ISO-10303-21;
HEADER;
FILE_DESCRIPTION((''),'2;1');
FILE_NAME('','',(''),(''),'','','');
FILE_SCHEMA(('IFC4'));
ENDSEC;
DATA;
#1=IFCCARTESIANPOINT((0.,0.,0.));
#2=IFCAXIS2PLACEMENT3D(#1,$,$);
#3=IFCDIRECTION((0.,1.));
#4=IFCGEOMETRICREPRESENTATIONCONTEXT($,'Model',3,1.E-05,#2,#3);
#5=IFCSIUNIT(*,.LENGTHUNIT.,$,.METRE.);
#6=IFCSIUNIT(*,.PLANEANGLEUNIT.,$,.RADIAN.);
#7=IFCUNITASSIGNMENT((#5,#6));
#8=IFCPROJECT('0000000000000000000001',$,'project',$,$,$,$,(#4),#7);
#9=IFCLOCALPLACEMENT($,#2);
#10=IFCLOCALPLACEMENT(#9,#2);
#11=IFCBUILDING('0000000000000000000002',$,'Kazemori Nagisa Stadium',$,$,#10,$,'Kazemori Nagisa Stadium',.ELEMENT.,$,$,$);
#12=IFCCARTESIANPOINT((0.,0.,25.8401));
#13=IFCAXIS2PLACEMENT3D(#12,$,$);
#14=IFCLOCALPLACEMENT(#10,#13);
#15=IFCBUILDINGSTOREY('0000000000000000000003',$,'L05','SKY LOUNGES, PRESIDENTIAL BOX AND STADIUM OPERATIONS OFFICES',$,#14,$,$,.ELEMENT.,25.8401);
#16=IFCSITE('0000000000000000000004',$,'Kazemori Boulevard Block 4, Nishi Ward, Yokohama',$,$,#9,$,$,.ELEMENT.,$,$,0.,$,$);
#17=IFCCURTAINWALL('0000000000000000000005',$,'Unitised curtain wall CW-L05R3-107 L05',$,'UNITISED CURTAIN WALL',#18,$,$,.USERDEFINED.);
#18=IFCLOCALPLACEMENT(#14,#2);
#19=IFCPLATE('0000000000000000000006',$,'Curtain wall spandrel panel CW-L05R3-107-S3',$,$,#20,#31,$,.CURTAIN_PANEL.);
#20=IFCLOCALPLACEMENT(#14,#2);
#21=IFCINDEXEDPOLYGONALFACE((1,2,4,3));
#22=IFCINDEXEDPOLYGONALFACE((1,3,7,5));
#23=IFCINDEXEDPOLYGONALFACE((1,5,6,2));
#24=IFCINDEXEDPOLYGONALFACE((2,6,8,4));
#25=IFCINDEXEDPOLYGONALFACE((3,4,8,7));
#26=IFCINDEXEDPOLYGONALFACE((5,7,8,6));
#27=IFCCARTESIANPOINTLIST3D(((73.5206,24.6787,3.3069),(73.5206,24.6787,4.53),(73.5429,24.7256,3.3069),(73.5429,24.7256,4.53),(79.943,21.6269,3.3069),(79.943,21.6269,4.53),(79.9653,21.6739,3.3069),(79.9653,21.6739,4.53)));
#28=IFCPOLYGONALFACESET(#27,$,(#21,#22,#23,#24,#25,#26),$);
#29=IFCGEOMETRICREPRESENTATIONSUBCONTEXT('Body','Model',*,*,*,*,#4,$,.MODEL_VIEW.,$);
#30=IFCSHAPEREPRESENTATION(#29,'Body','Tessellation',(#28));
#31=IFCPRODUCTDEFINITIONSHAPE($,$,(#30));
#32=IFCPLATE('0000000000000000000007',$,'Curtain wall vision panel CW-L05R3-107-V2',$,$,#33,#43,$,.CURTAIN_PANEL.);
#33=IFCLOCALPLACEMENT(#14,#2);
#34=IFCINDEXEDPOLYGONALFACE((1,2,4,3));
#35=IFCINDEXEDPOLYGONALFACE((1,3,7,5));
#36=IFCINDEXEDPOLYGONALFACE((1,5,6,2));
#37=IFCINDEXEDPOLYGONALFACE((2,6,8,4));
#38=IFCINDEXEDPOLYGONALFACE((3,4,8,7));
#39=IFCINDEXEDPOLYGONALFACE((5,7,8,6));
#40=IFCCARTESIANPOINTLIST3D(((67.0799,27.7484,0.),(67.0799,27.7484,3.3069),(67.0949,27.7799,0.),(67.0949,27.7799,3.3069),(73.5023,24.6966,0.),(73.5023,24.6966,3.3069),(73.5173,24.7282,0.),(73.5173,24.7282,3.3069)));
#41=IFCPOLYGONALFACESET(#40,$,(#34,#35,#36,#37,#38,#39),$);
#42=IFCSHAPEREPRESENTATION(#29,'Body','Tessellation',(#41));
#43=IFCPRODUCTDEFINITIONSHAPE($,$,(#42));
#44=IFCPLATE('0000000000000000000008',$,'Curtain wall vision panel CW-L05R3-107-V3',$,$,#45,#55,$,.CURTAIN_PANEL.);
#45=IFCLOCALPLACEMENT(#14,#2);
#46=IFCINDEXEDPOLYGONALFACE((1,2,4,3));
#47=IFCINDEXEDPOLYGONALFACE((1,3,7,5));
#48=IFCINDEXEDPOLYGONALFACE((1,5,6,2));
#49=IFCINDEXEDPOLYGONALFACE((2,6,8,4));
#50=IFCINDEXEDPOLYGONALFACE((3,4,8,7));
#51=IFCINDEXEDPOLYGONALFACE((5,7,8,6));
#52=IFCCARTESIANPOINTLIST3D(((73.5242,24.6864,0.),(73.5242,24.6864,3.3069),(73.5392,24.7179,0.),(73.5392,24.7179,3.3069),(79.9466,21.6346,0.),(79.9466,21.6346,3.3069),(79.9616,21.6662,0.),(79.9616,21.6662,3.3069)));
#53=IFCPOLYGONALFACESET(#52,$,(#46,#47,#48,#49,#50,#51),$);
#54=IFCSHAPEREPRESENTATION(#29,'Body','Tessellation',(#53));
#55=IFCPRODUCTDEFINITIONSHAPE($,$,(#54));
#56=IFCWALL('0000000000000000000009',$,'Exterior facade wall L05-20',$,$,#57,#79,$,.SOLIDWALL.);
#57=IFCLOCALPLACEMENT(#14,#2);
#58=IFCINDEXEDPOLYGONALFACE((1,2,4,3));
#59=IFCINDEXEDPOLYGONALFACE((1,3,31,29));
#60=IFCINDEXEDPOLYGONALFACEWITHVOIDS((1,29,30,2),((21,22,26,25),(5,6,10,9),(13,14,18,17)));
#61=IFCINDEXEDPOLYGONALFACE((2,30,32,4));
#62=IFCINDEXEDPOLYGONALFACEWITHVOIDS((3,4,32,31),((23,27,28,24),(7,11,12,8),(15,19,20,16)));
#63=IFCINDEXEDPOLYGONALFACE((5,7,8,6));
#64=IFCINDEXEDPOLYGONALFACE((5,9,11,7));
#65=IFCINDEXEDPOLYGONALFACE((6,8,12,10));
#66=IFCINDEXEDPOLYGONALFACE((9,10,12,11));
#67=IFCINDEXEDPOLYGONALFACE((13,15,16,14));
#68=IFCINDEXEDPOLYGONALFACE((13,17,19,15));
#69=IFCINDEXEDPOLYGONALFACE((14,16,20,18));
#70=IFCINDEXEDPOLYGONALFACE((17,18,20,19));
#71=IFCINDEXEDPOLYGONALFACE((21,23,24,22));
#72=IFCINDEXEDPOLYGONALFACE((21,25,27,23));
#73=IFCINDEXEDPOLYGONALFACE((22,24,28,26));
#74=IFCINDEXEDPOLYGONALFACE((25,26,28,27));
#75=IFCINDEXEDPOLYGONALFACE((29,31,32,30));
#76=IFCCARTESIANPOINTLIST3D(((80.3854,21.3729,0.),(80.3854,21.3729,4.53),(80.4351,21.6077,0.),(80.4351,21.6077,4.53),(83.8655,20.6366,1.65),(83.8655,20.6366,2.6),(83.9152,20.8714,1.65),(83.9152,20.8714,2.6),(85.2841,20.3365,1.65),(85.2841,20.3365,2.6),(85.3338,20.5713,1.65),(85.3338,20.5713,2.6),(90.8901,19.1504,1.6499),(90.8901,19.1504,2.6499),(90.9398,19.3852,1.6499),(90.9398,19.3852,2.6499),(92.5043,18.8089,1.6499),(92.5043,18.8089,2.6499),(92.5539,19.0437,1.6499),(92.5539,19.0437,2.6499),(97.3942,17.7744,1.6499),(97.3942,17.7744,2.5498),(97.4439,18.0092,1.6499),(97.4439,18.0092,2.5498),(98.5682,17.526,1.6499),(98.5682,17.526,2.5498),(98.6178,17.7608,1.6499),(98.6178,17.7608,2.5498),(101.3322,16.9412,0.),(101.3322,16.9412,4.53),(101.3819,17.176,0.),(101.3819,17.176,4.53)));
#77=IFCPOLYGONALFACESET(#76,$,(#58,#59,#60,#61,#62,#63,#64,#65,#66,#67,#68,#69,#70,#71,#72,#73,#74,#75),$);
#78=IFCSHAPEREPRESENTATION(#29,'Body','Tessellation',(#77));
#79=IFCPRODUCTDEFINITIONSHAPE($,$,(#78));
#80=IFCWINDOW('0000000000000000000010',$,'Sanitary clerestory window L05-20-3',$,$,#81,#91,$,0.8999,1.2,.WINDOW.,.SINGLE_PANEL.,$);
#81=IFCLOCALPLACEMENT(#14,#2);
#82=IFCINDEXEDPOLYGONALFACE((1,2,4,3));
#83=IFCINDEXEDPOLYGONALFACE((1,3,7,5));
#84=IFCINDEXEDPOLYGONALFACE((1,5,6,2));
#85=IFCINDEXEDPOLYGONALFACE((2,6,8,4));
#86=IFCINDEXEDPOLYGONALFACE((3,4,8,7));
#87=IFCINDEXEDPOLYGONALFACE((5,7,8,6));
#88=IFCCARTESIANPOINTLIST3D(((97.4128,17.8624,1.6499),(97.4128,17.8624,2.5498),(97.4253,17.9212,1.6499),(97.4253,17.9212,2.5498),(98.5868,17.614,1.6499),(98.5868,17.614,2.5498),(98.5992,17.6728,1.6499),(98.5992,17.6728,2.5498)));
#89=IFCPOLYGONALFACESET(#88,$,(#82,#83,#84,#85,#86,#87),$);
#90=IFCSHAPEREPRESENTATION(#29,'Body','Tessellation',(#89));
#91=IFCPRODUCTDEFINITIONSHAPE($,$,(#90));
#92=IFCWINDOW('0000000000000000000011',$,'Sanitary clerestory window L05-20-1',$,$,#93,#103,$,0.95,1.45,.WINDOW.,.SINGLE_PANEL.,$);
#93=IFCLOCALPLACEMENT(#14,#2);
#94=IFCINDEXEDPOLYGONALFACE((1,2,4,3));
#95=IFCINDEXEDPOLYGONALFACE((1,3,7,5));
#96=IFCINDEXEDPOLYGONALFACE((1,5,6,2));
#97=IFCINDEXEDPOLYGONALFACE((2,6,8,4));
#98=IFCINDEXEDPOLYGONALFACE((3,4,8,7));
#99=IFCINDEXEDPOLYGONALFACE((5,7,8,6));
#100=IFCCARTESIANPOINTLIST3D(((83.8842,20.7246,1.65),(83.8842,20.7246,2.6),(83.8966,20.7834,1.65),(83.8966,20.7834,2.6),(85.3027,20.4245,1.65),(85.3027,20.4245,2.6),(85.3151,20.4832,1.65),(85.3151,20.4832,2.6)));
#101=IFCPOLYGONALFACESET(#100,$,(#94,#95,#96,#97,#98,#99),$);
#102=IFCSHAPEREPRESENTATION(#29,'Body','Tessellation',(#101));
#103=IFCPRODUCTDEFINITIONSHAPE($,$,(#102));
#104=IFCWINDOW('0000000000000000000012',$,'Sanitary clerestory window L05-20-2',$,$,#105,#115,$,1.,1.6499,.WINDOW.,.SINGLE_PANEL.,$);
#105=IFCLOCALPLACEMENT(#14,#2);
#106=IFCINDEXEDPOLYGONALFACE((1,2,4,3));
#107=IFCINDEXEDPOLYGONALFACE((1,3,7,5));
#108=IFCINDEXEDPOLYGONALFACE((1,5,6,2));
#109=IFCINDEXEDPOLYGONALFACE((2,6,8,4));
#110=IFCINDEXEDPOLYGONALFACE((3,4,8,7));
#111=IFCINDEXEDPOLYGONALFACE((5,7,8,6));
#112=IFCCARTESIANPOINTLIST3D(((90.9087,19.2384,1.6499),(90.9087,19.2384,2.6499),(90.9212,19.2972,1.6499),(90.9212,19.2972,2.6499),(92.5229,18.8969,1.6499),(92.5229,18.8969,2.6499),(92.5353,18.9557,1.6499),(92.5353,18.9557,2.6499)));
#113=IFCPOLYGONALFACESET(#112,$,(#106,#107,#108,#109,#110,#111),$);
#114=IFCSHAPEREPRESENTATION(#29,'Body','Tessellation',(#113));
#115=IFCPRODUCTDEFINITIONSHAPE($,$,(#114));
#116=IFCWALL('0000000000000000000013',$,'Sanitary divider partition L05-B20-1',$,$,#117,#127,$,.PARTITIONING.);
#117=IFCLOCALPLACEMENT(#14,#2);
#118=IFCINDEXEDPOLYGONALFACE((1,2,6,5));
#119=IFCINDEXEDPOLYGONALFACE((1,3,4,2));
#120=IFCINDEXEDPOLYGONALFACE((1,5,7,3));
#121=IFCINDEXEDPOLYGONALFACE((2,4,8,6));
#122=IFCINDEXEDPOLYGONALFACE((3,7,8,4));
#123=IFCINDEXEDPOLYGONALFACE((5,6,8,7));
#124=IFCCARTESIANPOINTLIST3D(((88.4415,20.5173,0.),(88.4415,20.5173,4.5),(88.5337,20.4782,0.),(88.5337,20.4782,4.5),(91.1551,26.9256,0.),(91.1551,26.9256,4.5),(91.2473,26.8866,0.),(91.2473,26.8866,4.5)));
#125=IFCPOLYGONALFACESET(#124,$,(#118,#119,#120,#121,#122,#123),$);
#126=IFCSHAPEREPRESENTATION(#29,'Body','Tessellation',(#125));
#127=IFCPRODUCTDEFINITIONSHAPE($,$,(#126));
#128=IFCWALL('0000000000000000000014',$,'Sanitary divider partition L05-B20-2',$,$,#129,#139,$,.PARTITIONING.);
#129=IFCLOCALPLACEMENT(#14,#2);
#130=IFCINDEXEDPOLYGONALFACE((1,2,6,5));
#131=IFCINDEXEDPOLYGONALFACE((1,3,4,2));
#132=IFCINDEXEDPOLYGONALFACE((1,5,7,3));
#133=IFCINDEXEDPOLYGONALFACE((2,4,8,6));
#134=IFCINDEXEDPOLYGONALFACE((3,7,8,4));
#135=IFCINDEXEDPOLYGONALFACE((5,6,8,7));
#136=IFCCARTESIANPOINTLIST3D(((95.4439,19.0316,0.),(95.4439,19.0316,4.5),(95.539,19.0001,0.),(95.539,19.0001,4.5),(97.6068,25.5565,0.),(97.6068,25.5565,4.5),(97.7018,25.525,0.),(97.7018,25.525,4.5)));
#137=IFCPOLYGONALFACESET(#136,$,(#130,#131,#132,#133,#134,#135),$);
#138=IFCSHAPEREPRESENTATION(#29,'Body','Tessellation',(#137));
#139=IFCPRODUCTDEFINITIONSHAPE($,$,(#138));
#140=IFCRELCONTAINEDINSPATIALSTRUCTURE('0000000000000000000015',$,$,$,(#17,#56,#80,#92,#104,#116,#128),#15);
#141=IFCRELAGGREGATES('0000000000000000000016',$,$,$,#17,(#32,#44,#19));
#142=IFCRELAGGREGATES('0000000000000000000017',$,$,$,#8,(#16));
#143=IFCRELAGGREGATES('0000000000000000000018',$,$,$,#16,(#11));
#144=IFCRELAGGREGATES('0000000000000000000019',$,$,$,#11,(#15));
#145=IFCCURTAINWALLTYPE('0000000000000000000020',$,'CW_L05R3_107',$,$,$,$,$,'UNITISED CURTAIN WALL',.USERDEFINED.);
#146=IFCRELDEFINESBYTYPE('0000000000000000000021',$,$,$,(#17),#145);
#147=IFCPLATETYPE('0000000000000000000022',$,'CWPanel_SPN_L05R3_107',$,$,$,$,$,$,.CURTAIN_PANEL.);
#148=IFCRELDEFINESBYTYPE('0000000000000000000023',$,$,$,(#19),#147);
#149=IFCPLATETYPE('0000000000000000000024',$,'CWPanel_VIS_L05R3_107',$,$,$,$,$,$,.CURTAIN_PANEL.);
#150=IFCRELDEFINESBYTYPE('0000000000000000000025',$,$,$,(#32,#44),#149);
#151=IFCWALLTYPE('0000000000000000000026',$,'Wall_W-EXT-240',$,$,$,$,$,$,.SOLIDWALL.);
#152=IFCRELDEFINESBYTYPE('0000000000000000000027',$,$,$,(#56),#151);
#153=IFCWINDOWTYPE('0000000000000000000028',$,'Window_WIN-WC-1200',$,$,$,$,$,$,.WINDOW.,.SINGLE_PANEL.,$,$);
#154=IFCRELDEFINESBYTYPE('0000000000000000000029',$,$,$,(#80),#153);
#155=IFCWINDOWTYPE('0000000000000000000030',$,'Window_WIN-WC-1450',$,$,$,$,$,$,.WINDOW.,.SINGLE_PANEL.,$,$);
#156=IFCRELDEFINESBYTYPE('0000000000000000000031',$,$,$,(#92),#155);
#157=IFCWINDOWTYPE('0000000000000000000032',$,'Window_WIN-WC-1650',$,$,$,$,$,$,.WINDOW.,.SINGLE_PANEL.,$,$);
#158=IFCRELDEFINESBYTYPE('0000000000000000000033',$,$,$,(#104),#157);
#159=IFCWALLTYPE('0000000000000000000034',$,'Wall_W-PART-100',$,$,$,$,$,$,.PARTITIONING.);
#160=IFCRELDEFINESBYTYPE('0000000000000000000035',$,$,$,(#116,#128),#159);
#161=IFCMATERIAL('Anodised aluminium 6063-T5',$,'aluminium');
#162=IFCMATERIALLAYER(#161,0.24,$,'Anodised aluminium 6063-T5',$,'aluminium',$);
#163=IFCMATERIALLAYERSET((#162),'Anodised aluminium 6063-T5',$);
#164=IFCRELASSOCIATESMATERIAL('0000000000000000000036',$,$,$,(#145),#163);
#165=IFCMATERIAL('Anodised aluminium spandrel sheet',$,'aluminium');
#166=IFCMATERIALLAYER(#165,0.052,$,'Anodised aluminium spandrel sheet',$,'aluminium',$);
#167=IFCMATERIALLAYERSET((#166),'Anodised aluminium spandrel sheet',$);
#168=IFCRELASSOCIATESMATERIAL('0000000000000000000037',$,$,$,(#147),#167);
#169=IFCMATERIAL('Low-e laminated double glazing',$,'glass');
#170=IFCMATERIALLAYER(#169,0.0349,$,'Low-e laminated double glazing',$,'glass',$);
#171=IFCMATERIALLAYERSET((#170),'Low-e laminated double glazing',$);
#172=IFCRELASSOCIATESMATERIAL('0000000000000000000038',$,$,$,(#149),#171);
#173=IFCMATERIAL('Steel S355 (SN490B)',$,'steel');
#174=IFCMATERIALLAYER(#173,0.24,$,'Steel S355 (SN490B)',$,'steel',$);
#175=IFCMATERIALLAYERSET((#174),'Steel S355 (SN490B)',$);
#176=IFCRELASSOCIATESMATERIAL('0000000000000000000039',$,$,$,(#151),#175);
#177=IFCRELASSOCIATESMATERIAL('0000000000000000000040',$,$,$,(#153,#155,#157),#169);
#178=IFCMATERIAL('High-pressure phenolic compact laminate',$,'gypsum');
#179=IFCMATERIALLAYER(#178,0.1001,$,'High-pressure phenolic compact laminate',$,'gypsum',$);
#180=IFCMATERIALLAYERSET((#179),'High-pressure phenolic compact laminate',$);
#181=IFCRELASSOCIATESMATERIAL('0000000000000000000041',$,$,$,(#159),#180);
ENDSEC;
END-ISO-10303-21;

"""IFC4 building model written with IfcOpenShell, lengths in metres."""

from ifc_helpers import new_model, si_unit, direction, frame, frame_2d, origin, origin_2d, place, context, subcontext, project, spatial, rectangle, extrude, material, layer, layer_set, type_object, element, fill, aggregate, save


model = new_model("IFC4")

# Units and contexts
model_context = context("Model", 3, precision=1e-05, world=origin(), true_north=direction((0.0, 1.0)))
body_context = subcontext(model_context, "Body", "Model", "MODEL_VIEW")
ifc_project = project(units=[si_unit("LENGTHUNIT", "METRE"), si_unit("PLANEANGLEUNIT", "RADIAN")], contexts=[model_context])

# Site, building, storey
site_placement = place(None, origin())
site = spatial("IfcSite", under=ifc_project, at=site_placement, Name="Kazemori Boulevard Block 4, Nishi Ward, Yokohama", CompositionType="ELEMENT", RefElevation=0.0)
building_placement = place(site_placement, origin())
building = spatial("IfcBuilding", under=site, at=building_placement, Name="Kazemori Nagisa Stadium", LongName="Kazemori Nagisa Stadium", CompositionType="ELEMENT")
storey_placement = place(building_placement, frame((0.0, 0.0, 25.8401)))
storey = spatial("IfcBuildingStorey", under=building, at=storey_placement, Name="L05", Description="SKY LOUNGES, PRESIDENTIAL BOX AND STADIUM OPERATIONS OFFICES", CompositionType="ELEMENT", Elevation=25.8401)

# Curtain wall, plates
ifc_material_1 = material(Name="Anodised aluminium 6063-T5", Category="aluminium")
ifc_layer_1 = layer(ifc_material_1, 0.24, Name="Anodised aluminium 6063-T5", Category="aluminium")
ifc_layer_set_1 = layer_set([ifc_layer_1], Name="Anodised aluminium 6063-T5")
curtain_wall_type = type_object("IfcCurtainWallType", Name="CW_L05R3_107", ElementType="UNITISED CURTAIN WALL", PredefinedType="USERDEFINED", material=ifc_layer_set_1)
curtain_wall_placement = place(storey_placement, origin())
curtain_wall = element("IfcCurtainWall", 1, at=curtain_wall_placement, inside=storey, type_object=curtain_wall_type, Name="Unitised curtain wall CW-L05R3-107 L05", ObjectType="UNITISED CURTAIN WALL", PredefinedType="USERDEFINED")
ifc_material_2 = material(Name="Anodised aluminium spandrel sheet", Category="aluminium")
ifc_layer_2 = layer(ifc_material_2, 0.052, Name="Anodised aluminium spandrel sheet", Category="aluminium")
ifc_layer_set_2 = layer_set([ifc_layer_2], Name="Anodised aluminium spandrel sheet")
plate_type_1 = type_object("IfcPlateType", Name="CWPanel_SPN_L05R3_107", PredefinedType="CURTAIN_PANEL", material=ifc_layer_set_2)
plate_1_placement = place(storey_placement, frame((76.7429, 23.1763, 3.3069), z_axis=(0.0, 0.0, 1.0), x_axis=(0.903216, -0.429186, 0.0)))
plate_1 = element("IfcPlate", 2, at=plate_1_placement, type_object=plate_type_1, Name="Curtain wall spandrel panel CW-L05R3-107-S3", PredefinedType="CURTAIN_PANEL", context=body_context, shape_type="SweptSolid", body=[
    extrude(rectangle(XDim=7.1106, YDim=0.052, at=origin_2d()), origin(), (0.0, 0.0, 1.0), 1.2231),
])
ifc_material_3 = material(Name="Low-e laminated double glazing", Category="glass")
ifc_layer_3 = layer(ifc_material_3, 0.0349, Name="Low-e laminated double glazing", Category="glass")
ifc_layer_set_3 = layer_set([ifc_layer_3], Name="Low-e laminated double glazing")
plate_type_2 = type_object("IfcPlateType", Name="CWPanel_VIS_L05R3_107", PredefinedType="CURTAIN_PANEL", material=ifc_layer_set_3)
plate_2_placement = place(storey_placement, frame((70.2986, 26.2383, 0.0), z_axis=(0.0, 0.0, 1.0), x_axis=(0.903216, -0.429186, 0.0)))
plate_2 = element("IfcPlate", 3, at=plate_2_placement, type_object=plate_type_2, Name="Curtain wall vision panel CW-L05R3-107-V2", PredefinedType="CURTAIN_PANEL", context=body_context, shape_type="SweptSolid", body=[
    extrude(rectangle(XDim=7.1106, YDim=0.0349, at=origin_2d()), origin(), (0.0, 0.0, 1.0), 3.3069),
])
plate_3_placement = place(storey_placement, frame((76.7429, 23.1763, 0.0), z_axis=(0.0, 0.0, 1.0), x_axis=(0.903216, -0.429186, 0.0)))
plate_3 = element("IfcPlate", 4, at=plate_3_placement, type_object=plate_type_2, Name="Curtain wall vision panel CW-L05R3-107-V3", PredefinedType="CURTAIN_PANEL", context=body_context, shape_type="SweptSolid", body=[
    extrude(rectangle(XDim=7.1106, YDim=0.0349, at=origin_2d()), origin(), (0.0, 0.0, 1.0), 3.3069),
])
aggregate(curtain_wall, [plate_2, plate_3, plate_1])

# Wall, openings, windows
ifc_material_4 = material(Name="Steel S355 (SN490B)", Category="steel")
ifc_layer_4 = layer(ifc_material_4, 0.24, Name="Steel S355 (SN490B)", Category="steel")
ifc_layer_set_4 = layer_set([ifc_layer_4], Name="Steel S355 (SN490B)")
wall_type_1 = type_object("IfcWallType", Name="Wall_W-EXT-240", PredefinedType="SOLIDWALL", material=ifc_layer_set_4)
wall_1_placement = place(storey_placement, frame((80.4104, 21.4902, 0.0), z_axis=(0.0, 0.0, 1.0), x_axis=(0.978344, -0.206985, 0.0)))
wall_1 = element("IfcWall", 5, at=wall_1_placement, inside=storey, type_object=wall_type_1, Name="Exterior facade wall L05-20", PredefinedType="SOLIDWALL", context=body_context, shape_type="SweptSolid", body=[
    extrude(rectangle(XDim=21.4104, YDim=0.24, at=frame_2d((10.7051, 0.0))), origin(), (0.0, 0.0, 1.0), 4.53),
])
opening_1_placement = place(wall_1_placement, frame((3.5569, 0.0, 1.6499)))
opening_1 = element("IfcOpeningElement", 6, at=opening_1_placement, cuts=wall_1, PredefinedType="OPENING", context=body_context, shape_type="SweptSolid", body=[
    extrude(rectangle(XDim=1.45, YDim=0.95, at=frame_2d((0.7251, 0.4751))), frame((0.0, 0.1299, 0.0), z_axis=(0.0, -1.0, 0.0), x_axis=(1.0, 0.0, 0.0)), (0.0, 0.0, 1.0), 0.26),
])
opening_2_placement = place(wall_1_placement, frame((10.7371, 0.0, 1.6499)))
opening_2 = element("IfcOpeningElement", 7, at=opening_2_placement, cuts=wall_1, PredefinedType="OPENING", context=body_context, shape_type="SweptSolid", body=[
    extrude(rectangle(XDim=1.6499, YDim=1.0, at=frame_2d((0.825, 0.5))), frame((0.0, 0.1299, 0.0), z_axis=(0.0, -1.0, 0.0), x_axis=(1.0, 0.0, 0.0)), (0.0, 0.0, 1.0), 0.26),
])
opening_3_placement = place(wall_1_placement, frame((17.385, 0.0, 1.6499)))
opening_3 = element("IfcOpeningElement", 8, at=opening_3_placement, cuts=wall_1, PredefinedType="OPENING", context=body_context, shape_type="SweptSolid", body=[
    extrude(rectangle(XDim=1.2, YDim=0.8999, at=frame_2d((0.6001, 0.45))), frame((0.0, 0.1299, 0.0), z_axis=(0.0, -1.0, 0.0), x_axis=(1.0, 0.0, 0.0)), (0.0, 0.0, 1.0), 0.26),
])
window_type_1 = type_object("IfcWindowType", Name="Window_WIN-WC-1200", PartitioningType="SINGLE_PANEL", PredefinedType="WINDOW", material=ifc_material_3)
window_1_placement = place(opening_3_placement, origin())
window_1 = element("IfcWindow", 9, at=window_1_placement, inside=storey, type_object=window_type_1, Name="Sanitary clerestory window L05-20-3", OverallHeight=0.8999, OverallWidth=1.2, PartitioningType="SINGLE_PANEL", PredefinedType="WINDOW", context=body_context, shape_type="SweptSolid", body=[
    extrude(rectangle(XDim=1.2, YDim=0.8999, at=frame_2d((0.6001, 0.45))), frame((0.0, 0.03, 0.0), z_axis=(0.0, -1.0, 0.0), x_axis=(1.0, 0.0, 0.0)), (0.0, 0.0, 1.0), 0.0601),
])
fill(opening_3, window_1)
window_type_2 = type_object("IfcWindowType", Name="Window_WIN-WC-1450", PartitioningType="SINGLE_PANEL", PredefinedType="WINDOW", material=ifc_material_3)
window_2_placement = place(opening_1_placement, origin())
window_2 = element("IfcWindow", 10, at=window_2_placement, inside=storey, type_object=window_type_2, Name="Sanitary clerestory window L05-20-1", OverallHeight=0.95, OverallWidth=1.45, PartitioningType="SINGLE_PANEL", PredefinedType="WINDOW", context=body_context, shape_type="SweptSolid", body=[
    extrude(rectangle(XDim=1.45, YDim=0.95, at=frame_2d((0.7251, 0.4751))), frame((0.0, 0.03, 0.0), z_axis=(0.0, -1.0, 0.0), x_axis=(1.0, 0.0, 0.0)), (0.0, 0.0, 1.0), 0.0601),
])
fill(opening_1, window_2)
window_type_3 = type_object("IfcWindowType", Name="Window_WIN-WC-1650", PartitioningType="SINGLE_PANEL", PredefinedType="WINDOW", material=ifc_material_3)
window_3_placement = place(opening_2_placement, origin())
window_3 = element("IfcWindow", 11, at=window_3_placement, inside=storey, type_object=window_type_3, Name="Sanitary clerestory window L05-20-2", OverallHeight=1.0, OverallWidth=1.6499, PartitioningType="SINGLE_PANEL", PredefinedType="WINDOW", context=body_context, shape_type="SweptSolid", body=[
    extrude(rectangle(XDim=1.6499, YDim=1.0, at=frame_2d((0.825, 0.5))), frame((0.0, 0.03, 0.0), z_axis=(0.0, -1.0, 0.0), x_axis=(1.0, 0.0, 0.0)), (0.0, 0.0, 1.0), 0.0601),
])
fill(opening_2, window_3)

# Walls
ifc_material_5 = material(Name="High-pressure phenolic compact laminate", Category="gypsum")
ifc_layer_5 = layer(ifc_material_5, 0.1001, Name="High-pressure phenolic compact laminate", Category="gypsum")
ifc_layer_set_5 = layer_set([ifc_layer_5], Name="High-pressure phenolic compact laminate")
wall_type_2 = type_object("IfcWallType", Name="Wall_W-PART-100", PredefinedType="PARTITIONING", material=ifc_layer_set_5)
wall_2_placement = place(storey_placement, frame((91.2012, 26.906, 0.0), z_axis=(0.0, 0.0, 1.0), x_axis=(-0.389927, -0.920846, 0.0)))
element("IfcWall", 12, at=wall_2_placement, inside=storey, type_object=wall_type_2, Name="Sanitary divider partition L05-B20-1", PredefinedType="PARTITIONING", context=body_context, shape_type="SweptSolid", body=[
    extrude(rectangle(XDim=6.9592, YDim=0.1001, at=frame_2d((3.4795, 0.0))), origin(), (0.0, 0.0, 1.0), 4.5),
])
wall_3_placement = place(storey_placement, frame((97.6543, 25.5408, 0.0), z_axis=(0.0, 0.0, 1.0), x_axis=(-0.31464, -0.949211, 0.0)))
element("IfcWall", 13, at=wall_3_placement, inside=storey, type_object=wall_type_2, Name="Sanitary divider partition L05-B20-2", PredefinedType="PARTITIONING", context=body_context, shape_type="SweptSolid", body=[
    extrude(rectangle(XDim=6.874, YDim=0.1001, at=frame_2d((3.437, 0.0))), origin(), (0.0, 0.0, 1.0), 4.5),
])

save(model, "model.ifc")
